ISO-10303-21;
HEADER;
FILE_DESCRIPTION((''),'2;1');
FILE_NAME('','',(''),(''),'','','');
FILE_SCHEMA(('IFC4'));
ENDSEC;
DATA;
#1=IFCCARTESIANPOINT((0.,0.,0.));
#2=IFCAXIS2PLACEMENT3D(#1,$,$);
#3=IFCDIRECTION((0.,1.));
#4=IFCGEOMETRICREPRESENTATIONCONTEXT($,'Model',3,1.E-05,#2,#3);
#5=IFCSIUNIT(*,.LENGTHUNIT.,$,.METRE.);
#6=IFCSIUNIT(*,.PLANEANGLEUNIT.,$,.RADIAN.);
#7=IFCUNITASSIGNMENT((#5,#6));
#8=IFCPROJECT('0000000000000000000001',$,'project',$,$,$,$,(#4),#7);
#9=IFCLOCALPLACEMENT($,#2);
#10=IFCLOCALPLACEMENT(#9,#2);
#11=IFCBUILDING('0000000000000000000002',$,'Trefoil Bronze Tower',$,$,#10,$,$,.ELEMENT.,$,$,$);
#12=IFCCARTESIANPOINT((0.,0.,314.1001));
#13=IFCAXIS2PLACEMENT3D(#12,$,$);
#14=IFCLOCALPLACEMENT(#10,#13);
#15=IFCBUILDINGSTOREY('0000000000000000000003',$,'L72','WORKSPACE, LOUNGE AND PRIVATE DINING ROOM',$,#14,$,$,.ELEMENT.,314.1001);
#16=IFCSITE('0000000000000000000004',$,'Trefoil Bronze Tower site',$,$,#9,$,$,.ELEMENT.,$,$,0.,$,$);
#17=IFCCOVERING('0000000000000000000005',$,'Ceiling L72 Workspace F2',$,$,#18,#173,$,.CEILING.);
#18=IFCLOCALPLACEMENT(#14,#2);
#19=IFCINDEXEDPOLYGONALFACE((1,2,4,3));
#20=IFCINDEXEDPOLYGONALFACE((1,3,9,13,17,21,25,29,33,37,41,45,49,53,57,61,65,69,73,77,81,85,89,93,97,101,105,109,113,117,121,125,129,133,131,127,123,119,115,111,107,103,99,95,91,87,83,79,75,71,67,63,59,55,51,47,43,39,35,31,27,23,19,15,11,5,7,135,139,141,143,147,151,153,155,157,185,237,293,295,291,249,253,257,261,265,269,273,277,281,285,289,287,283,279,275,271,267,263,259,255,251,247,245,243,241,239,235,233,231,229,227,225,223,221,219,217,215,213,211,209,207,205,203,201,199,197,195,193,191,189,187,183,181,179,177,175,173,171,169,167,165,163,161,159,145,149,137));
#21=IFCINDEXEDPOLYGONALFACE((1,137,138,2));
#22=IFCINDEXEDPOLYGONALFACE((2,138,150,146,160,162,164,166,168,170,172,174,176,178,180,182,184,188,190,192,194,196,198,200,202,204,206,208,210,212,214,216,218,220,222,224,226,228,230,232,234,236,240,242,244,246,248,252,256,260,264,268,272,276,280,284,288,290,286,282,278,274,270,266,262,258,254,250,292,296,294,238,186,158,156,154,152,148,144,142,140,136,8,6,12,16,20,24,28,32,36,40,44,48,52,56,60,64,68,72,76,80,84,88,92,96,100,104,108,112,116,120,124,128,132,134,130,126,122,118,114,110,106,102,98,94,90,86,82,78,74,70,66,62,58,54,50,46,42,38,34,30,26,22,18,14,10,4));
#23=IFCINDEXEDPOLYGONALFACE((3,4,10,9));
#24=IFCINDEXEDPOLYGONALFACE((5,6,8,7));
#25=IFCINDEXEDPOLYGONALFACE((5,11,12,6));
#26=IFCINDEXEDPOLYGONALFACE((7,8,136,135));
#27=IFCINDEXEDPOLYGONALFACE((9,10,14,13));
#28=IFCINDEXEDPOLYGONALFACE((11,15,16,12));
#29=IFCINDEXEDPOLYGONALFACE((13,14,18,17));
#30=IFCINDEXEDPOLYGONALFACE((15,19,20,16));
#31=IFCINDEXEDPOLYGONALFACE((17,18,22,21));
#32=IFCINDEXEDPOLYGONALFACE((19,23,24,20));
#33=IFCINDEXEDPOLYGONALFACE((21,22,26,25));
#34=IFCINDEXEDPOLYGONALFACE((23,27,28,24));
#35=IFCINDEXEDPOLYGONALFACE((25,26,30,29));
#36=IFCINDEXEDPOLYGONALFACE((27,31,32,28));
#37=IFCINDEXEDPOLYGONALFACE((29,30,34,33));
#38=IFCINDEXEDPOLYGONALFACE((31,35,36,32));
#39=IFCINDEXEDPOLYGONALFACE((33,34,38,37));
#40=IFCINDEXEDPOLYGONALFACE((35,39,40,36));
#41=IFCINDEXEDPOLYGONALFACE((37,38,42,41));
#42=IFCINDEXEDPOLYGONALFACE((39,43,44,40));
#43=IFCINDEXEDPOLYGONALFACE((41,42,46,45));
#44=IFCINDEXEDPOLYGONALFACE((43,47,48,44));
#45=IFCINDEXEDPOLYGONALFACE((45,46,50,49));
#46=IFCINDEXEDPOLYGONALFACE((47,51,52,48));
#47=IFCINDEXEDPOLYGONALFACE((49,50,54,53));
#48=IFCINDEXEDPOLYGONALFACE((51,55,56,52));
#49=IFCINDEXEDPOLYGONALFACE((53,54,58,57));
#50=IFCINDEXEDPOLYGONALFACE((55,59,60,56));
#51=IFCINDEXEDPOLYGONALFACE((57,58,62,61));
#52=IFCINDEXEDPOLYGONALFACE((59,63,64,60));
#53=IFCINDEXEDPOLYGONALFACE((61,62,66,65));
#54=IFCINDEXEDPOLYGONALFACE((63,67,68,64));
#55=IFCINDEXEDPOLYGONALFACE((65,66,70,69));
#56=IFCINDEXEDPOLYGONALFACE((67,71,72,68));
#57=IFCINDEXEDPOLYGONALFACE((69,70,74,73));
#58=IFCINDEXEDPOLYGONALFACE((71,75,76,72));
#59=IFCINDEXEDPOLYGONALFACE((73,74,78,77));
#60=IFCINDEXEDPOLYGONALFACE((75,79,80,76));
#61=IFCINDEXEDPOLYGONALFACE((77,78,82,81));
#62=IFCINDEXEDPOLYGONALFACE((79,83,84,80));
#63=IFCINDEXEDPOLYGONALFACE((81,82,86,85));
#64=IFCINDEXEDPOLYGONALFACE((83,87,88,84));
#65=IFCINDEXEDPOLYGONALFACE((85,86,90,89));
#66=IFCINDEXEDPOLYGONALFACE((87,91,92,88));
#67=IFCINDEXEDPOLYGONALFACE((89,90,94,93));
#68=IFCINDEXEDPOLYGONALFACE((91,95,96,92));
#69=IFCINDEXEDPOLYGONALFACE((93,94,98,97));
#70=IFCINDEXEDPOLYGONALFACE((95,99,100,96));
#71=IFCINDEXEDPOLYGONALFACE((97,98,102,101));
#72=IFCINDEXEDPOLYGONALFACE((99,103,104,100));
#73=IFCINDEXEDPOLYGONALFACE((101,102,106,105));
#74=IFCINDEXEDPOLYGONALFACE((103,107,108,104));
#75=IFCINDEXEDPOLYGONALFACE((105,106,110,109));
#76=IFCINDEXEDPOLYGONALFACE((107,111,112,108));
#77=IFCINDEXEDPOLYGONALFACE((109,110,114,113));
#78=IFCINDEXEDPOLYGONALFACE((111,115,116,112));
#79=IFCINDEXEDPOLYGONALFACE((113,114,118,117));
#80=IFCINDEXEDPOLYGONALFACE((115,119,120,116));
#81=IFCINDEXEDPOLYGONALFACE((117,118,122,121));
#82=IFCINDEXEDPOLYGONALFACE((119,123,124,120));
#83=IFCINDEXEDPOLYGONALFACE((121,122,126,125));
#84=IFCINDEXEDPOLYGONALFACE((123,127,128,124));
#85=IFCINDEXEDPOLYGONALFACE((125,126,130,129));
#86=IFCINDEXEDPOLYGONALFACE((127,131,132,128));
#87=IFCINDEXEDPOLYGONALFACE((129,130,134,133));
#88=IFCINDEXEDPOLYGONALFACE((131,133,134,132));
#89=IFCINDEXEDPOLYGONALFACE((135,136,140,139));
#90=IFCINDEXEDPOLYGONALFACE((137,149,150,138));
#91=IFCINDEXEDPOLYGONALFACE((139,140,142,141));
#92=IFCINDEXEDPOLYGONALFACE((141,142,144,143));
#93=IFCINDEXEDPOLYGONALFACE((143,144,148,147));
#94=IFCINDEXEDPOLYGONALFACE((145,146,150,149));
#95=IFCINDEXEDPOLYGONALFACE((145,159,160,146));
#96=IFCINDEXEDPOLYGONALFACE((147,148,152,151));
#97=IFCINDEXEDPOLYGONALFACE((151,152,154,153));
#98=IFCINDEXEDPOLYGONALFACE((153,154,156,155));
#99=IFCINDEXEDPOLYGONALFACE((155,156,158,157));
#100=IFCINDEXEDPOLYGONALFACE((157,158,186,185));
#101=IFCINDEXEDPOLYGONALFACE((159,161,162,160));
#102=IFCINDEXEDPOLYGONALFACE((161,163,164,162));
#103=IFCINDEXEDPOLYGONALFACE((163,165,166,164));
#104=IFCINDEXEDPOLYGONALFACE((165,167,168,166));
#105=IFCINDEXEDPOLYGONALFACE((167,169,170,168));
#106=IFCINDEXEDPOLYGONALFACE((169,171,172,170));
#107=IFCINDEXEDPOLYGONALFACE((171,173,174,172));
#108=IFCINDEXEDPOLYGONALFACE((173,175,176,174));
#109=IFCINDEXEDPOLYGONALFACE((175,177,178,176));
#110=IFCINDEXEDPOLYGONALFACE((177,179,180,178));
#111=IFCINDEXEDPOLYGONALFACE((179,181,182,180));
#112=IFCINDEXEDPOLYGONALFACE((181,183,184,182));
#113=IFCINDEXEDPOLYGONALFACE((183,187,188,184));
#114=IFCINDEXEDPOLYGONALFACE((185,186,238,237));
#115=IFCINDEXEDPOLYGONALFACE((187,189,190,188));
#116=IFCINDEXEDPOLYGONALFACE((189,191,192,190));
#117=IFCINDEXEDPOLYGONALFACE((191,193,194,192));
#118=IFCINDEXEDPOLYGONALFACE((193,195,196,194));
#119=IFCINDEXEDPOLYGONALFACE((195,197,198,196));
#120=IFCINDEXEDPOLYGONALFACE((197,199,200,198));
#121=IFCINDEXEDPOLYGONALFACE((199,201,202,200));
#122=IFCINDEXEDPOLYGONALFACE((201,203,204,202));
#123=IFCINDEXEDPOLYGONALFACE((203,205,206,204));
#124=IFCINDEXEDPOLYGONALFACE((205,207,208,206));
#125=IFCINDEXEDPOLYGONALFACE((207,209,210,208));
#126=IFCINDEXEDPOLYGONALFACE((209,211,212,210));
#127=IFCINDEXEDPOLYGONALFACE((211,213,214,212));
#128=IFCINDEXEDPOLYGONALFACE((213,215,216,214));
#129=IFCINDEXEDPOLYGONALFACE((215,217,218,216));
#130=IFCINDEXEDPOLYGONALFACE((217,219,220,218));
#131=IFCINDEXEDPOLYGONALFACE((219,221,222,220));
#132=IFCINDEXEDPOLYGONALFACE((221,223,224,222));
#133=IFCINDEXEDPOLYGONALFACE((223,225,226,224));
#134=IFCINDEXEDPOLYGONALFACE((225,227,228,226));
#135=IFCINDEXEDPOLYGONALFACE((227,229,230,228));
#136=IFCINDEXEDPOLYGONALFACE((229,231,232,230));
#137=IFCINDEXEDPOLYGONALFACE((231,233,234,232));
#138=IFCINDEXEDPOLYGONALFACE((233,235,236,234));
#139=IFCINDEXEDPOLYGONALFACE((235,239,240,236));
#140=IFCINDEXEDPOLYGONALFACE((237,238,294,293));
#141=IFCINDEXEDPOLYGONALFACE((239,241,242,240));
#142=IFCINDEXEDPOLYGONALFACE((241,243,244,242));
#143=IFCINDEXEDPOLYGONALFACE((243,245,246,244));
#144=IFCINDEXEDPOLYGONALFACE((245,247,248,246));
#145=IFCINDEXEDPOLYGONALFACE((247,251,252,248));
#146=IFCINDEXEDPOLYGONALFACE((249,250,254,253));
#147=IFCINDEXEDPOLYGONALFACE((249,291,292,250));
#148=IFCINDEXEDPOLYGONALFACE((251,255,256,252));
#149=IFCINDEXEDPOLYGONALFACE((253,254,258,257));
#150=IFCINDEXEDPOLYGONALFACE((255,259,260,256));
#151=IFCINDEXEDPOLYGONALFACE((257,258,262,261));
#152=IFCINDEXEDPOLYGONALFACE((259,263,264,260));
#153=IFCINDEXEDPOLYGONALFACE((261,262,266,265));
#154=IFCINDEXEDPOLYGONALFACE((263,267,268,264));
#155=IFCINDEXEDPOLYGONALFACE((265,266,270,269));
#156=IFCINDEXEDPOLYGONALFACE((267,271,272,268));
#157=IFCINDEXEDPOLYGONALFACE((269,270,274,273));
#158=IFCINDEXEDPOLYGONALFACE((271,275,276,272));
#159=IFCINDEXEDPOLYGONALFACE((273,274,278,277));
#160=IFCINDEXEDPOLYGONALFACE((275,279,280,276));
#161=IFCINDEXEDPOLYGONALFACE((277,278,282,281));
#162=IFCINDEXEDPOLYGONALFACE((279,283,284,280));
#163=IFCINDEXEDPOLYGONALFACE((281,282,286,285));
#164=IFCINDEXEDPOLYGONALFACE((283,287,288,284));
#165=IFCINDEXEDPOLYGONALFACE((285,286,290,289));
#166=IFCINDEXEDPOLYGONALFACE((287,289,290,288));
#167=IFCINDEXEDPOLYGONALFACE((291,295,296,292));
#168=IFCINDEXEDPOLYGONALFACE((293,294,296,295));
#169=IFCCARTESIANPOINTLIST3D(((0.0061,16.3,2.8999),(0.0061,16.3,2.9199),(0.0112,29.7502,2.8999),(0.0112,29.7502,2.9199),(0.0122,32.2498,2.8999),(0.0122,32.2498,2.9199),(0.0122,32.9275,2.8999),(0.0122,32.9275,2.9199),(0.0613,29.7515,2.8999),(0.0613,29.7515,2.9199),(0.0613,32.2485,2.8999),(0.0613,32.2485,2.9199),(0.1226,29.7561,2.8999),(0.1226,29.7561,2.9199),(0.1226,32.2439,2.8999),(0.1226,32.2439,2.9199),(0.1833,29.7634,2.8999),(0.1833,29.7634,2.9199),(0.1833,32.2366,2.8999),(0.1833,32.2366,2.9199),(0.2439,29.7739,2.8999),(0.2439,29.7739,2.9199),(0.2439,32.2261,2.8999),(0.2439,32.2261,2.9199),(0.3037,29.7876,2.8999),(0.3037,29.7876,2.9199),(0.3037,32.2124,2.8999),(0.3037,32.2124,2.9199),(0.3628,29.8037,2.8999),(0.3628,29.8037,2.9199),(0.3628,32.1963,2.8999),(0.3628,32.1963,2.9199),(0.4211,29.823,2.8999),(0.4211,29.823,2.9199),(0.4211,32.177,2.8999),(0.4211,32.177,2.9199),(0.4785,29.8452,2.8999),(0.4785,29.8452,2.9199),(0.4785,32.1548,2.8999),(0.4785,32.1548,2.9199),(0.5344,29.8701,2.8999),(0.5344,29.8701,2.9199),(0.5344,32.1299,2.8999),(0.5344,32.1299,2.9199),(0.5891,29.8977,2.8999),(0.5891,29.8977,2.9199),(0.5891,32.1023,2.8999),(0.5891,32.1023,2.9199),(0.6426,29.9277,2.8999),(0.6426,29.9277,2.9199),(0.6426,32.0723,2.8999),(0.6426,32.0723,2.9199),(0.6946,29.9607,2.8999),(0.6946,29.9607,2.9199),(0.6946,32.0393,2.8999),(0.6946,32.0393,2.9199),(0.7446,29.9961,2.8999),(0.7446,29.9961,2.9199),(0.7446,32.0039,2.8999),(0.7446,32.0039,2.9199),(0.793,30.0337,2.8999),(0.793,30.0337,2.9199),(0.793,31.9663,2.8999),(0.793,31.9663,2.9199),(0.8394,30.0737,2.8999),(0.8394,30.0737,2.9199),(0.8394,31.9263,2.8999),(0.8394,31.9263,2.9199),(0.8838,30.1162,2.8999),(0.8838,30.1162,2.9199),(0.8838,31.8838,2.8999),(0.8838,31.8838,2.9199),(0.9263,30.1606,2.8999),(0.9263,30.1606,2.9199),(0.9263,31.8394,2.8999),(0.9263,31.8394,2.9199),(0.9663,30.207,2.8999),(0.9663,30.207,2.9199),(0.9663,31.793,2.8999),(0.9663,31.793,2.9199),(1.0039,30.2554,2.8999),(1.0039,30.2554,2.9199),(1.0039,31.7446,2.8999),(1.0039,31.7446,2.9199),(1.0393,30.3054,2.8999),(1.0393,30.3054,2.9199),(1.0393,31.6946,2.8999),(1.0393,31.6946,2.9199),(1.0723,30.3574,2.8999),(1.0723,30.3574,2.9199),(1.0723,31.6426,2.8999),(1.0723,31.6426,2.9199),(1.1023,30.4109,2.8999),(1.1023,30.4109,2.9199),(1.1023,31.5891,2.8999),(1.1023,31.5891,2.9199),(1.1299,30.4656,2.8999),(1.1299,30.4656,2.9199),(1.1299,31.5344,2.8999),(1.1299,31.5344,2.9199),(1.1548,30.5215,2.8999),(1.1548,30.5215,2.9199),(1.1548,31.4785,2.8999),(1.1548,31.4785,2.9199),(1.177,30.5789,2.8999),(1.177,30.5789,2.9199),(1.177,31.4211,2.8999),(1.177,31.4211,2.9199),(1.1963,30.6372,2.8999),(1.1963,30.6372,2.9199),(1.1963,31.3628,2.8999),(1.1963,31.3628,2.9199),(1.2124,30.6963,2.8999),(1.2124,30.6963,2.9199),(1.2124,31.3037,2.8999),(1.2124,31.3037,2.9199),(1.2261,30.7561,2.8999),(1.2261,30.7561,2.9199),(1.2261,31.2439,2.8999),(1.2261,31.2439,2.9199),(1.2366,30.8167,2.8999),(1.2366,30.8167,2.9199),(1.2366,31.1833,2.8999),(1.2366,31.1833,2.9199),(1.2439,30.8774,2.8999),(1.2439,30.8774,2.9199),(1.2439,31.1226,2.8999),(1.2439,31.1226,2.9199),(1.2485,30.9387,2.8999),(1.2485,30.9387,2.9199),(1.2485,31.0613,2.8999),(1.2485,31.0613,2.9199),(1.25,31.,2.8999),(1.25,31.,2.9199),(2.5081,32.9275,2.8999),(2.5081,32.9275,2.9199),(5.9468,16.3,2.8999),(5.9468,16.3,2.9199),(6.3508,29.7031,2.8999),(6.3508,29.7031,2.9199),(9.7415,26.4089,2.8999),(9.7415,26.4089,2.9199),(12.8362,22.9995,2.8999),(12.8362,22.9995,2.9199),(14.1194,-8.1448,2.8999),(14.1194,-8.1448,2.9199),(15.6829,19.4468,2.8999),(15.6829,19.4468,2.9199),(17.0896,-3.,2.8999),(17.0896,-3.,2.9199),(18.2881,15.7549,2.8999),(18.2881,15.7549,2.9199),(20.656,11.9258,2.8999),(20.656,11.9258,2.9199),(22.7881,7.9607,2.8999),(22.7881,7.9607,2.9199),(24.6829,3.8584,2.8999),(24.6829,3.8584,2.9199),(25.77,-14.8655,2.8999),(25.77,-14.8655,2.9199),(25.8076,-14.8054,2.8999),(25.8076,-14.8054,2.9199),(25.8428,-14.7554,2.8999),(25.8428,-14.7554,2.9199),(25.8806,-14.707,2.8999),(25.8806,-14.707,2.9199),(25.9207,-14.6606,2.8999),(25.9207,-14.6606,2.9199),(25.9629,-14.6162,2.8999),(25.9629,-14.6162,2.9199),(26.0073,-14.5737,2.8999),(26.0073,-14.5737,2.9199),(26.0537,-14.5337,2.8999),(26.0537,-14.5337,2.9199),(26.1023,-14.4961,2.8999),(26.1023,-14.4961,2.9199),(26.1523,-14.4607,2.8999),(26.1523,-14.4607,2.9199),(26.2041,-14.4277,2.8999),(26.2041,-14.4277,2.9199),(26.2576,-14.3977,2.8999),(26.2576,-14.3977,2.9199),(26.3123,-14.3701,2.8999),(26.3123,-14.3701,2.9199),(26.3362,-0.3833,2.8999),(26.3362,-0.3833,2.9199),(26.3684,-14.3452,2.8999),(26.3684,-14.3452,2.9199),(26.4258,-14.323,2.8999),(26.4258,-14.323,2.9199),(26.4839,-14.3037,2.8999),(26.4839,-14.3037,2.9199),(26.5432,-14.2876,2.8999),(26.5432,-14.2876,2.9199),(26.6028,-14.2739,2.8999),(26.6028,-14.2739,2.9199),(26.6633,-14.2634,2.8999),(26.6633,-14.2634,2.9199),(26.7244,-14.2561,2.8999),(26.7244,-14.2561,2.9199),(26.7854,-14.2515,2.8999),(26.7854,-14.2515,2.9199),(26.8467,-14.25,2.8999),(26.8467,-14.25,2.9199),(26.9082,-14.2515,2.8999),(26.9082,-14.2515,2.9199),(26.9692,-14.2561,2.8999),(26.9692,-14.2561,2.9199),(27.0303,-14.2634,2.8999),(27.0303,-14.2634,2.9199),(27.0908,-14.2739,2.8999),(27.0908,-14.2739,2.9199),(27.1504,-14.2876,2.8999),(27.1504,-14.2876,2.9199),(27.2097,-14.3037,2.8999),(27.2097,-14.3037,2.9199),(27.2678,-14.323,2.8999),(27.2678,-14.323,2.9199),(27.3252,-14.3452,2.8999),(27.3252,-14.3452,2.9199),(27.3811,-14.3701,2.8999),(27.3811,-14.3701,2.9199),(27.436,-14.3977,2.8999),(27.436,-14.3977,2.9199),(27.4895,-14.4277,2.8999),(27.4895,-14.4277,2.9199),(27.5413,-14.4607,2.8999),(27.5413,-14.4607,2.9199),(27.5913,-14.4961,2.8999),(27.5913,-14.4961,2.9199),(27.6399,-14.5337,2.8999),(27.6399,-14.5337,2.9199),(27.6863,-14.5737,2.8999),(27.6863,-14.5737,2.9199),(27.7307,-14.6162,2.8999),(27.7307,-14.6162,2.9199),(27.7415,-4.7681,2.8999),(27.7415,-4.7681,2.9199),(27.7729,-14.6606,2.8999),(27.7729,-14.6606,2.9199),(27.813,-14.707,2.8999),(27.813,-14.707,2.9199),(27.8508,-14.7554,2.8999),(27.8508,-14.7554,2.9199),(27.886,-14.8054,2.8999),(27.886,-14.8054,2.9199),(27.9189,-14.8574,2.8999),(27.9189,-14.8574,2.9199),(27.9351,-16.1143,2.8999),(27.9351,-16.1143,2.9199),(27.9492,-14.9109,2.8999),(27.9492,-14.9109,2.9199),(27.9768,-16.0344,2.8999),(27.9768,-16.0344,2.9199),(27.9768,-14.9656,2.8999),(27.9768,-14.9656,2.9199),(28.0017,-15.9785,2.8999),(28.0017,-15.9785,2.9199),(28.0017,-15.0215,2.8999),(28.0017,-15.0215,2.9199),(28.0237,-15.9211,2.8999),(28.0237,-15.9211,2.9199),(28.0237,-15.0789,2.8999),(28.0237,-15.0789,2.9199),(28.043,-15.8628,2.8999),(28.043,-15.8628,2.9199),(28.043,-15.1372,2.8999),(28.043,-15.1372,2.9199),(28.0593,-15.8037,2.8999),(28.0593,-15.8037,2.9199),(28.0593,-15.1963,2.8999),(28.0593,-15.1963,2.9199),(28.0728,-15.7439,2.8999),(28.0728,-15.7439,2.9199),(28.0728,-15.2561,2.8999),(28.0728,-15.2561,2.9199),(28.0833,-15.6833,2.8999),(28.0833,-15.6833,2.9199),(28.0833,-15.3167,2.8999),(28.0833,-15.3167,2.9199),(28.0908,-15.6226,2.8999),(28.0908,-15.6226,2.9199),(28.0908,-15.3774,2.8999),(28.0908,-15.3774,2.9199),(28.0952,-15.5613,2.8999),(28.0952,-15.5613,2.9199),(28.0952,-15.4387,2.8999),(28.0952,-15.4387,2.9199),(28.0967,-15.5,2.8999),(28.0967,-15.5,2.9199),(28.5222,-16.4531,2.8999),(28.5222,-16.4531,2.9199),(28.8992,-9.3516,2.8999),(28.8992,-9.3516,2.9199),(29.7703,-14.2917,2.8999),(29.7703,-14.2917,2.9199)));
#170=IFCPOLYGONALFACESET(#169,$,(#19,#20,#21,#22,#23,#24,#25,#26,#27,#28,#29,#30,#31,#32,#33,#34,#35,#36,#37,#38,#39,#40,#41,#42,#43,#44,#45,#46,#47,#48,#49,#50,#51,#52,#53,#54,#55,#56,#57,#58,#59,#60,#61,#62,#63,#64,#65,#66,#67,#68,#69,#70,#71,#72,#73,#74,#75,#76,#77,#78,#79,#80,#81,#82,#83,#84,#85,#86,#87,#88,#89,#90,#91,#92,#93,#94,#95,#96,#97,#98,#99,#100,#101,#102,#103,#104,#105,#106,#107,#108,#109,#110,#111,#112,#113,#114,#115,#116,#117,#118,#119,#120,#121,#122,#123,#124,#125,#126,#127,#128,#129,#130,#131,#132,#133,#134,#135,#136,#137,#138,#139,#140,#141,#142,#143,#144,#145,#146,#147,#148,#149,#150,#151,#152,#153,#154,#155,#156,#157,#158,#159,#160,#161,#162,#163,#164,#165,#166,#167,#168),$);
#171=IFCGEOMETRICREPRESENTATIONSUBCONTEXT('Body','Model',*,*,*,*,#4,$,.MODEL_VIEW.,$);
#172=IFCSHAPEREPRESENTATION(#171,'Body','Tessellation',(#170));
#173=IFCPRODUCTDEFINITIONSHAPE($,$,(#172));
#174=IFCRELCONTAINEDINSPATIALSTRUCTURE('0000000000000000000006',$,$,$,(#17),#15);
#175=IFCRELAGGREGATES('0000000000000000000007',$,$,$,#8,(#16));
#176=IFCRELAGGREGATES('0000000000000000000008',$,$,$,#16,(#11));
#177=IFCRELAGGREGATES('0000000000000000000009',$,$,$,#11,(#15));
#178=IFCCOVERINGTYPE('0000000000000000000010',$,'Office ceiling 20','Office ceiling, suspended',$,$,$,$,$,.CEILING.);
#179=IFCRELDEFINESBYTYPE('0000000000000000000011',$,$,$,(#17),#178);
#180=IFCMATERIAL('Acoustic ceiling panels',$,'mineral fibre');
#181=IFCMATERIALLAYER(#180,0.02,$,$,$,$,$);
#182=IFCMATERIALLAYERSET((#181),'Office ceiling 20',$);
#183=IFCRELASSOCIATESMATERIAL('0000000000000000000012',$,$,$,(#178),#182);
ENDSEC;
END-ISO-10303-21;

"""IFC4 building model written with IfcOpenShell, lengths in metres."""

from ifc_helpers import new_model, si_unit, direction, frame, origin, place, context, subcontext, project, spatial, polyline, outline, extrude, material, layer, layer_set, type_object, element, save


model = new_model("IFC4")

# Units and contexts
model_context = context("Model", 3, precision=1e-05, world=origin(), true_north=direction((0.0, 1.0)))
body_context = subcontext(model_context, "Body", "Model", "MODEL_VIEW")
ifc_project = project(units=[si_unit("LENGTHUNIT", "METRE"), si_unit("PLANEANGLEUNIT", "RADIAN")], contexts=[model_context])

# Site, building, storey
site_placement = place(None, origin())
site = spatial("IfcSite", under=ifc_project, at=site_placement, Name="Trefoil Bronze Tower site", CompositionType="ELEMENT", RefElevation=0.0)
building_placement = place(site_placement, origin())
building = spatial("IfcBuilding", under=site, at=building_placement, Name="Trefoil Bronze Tower", CompositionType="ELEMENT")
storey_placement = place(building_placement, frame((0.0, 0.0, 314.1001)))
storey = spatial("IfcBuildingStorey", under=building, at=storey_placement, Name="L72", Description="WORKSPACE, LOUNGE AND PRIVATE DINING ROOM", CompositionType="ELEMENT", Elevation=314.1001)

# Covering
ifc_material_1 = material(Name="Acoustic ceiling panels", Category="mineral fibre")
ifc_layer_1 = layer(ifc_material_1, 0.02)
ifc_layer_set_1 = layer_set([ifc_layer_1], Name="Office ceiling 20")
covering_type_1 = type_object("IfcCoveringType", Name="Office ceiling 20", Description="Office ceiling, suspended", PredefinedType="CEILING", material=ifc_layer_set_1)
covering_1_placement = place(storey_placement, frame((0.0, 0.0, 2.8999)))
element("IfcCovering", 1, at=covering_1_placement, inside=storey, type_object=covering_type_1, Name="Ceiling L72 Workspace F2", PredefinedType="CEILING", context=body_context, shape_type="SweptSolid", body=[
    extrude(outline(polyline([(9.7415, 26.4089), (12.8362, 22.9995), (15.6829, 19.4468), (18.2881, 15.7549), (20.656, 11.9258), (22.7881, 7.9607), (24.6829, 3.8584), (26.3362, -0.3833), (27.7415, -4.7681), (28.8992, -9.3516), (29.7703, -14.2917), (28.5222, -16.4531), (27.9351, -16.1143), (27.9768, -16.0344), (28.0017, -15.9785), (28.0237, -15.9211), (28.043, -15.8628), (28.0593, -15.8037), (28.0728, -15.7439), (28.0833, -15.6833), (28.0908, -15.6226), (28.0952, -15.5613), (28.0967, -15.5), (28.0952, -15.4387), (28.0908, -15.3774), (28.0833, -15.3167), (28.0728, -15.2561), (28.0593, -15.1963), (28.043, -15.1372), (28.0237, -15.0789), (28.0017, -15.0215), (27.9768, -14.9656), (27.9492, -14.9109), (27.9189, -14.8574), (27.886, -14.8054), (27.8508, -14.7554), (27.813, -14.707), (27.7729, -14.6606), (27.7307, -14.6162), (27.6863, -14.5737), (27.6399, -14.5337), (27.5913, -14.4961), (27.5413, -14.4607), (27.4895, -14.4277), (27.436, -14.3977), (27.3811, -14.3701), (27.3252, -14.3452), (27.2678, -14.323), (27.2097, -14.3037), (27.1504, -14.2876), (27.0908, -14.2739), (27.0303, -14.2634), (26.9692, -14.2561), (26.9082, -14.2515), (26.8467, -14.25), (26.7854, -14.2515), (26.7244, -14.2561), (26.6633, -14.2634), (26.6028, -14.2739), (26.5432, -14.2876), (26.4839, -14.3037), (26.4258, -14.323), (26.3684, -14.3452), (26.3123, -14.3701), (26.2576, -14.3977), (26.2041, -14.4277), (26.1523, -14.4607), (26.1023, -14.4961), (26.0537, -14.5337), (26.0073, -14.5737), (25.9629, -14.6162), (25.9207, -14.6606), (25.8806, -14.707), (25.8428, -14.7554), (25.8076, -14.8054), (25.77, -14.8655), (14.1194, -8.1448), (17.0896, -3.0), (5.9468, 16.3), (0.0061, 16.3), (0.0112, 29.7502), (0.0613, 29.7515), (0.1226, 29.7561), (0.1833, 29.7634), (0.2439, 29.7739), (0.3037, 29.7876), (0.3628, 29.8037), (0.4211, 29.823), (0.4785, 29.8452), (0.5344, 29.8701), (0.5891, 29.8977), (0.6426, 29.9277), (0.6946, 29.9607), (0.7446, 29.9961), (0.793, 30.0337), (0.8394, 30.0737), (0.8838, 30.1162), (0.9263, 30.1606), (0.9663, 30.207), (1.0039, 30.2554), (1.0393, 30.3054), (1.0723, 30.3574), (1.1023, 30.4109), (1.1299, 30.4656), (1.1548, 30.5215), (1.177, 30.5789), (1.1963, 30.6372), (1.2124, 30.6963), (1.2261, 30.7561), (1.2366, 30.8167), (1.2439, 30.8774), (1.2485, 30.9387), (1.25, 31.0), (1.2485, 31.0613), (1.2439, 31.1226), (1.2366, 31.1833), (1.2261, 31.2439), (1.2124, 31.3037), (1.1963, 31.3628), (1.177, 31.4211), (1.1548, 31.4785), (1.1299, 31.5344), (1.1023, 31.5891), (1.0723, 31.6426), (1.0393, 31.6946), (1.0039, 31.7446), (0.9663, 31.793), (0.9263, 31.8394), (0.8838, 31.8838), (0.8394, 31.9263), (0.793, 31.9663), (0.7446, 32.0039), (0.6946, 32.0393), (0.6426, 32.0723), (0.5891, 32.1023), (0.5344, 32.1299), (0.4785, 32.1548), (0.4211, 32.177), (0.3628, 32.1963), (0.3037, 32.2124), (0.2439, 32.2261), (0.1833, 32.2366), (0.1226, 32.2439), (0.0613, 32.2485), (0.0122, 32.2498), (0.0122, 32.9275), (2.5081, 32.9275), (6.3508, 29.7031), (9.7415, 26.4089)])), origin(), (0.0, 0.0, 1.0), 0.02),
])

save(model, "model.ifc")
